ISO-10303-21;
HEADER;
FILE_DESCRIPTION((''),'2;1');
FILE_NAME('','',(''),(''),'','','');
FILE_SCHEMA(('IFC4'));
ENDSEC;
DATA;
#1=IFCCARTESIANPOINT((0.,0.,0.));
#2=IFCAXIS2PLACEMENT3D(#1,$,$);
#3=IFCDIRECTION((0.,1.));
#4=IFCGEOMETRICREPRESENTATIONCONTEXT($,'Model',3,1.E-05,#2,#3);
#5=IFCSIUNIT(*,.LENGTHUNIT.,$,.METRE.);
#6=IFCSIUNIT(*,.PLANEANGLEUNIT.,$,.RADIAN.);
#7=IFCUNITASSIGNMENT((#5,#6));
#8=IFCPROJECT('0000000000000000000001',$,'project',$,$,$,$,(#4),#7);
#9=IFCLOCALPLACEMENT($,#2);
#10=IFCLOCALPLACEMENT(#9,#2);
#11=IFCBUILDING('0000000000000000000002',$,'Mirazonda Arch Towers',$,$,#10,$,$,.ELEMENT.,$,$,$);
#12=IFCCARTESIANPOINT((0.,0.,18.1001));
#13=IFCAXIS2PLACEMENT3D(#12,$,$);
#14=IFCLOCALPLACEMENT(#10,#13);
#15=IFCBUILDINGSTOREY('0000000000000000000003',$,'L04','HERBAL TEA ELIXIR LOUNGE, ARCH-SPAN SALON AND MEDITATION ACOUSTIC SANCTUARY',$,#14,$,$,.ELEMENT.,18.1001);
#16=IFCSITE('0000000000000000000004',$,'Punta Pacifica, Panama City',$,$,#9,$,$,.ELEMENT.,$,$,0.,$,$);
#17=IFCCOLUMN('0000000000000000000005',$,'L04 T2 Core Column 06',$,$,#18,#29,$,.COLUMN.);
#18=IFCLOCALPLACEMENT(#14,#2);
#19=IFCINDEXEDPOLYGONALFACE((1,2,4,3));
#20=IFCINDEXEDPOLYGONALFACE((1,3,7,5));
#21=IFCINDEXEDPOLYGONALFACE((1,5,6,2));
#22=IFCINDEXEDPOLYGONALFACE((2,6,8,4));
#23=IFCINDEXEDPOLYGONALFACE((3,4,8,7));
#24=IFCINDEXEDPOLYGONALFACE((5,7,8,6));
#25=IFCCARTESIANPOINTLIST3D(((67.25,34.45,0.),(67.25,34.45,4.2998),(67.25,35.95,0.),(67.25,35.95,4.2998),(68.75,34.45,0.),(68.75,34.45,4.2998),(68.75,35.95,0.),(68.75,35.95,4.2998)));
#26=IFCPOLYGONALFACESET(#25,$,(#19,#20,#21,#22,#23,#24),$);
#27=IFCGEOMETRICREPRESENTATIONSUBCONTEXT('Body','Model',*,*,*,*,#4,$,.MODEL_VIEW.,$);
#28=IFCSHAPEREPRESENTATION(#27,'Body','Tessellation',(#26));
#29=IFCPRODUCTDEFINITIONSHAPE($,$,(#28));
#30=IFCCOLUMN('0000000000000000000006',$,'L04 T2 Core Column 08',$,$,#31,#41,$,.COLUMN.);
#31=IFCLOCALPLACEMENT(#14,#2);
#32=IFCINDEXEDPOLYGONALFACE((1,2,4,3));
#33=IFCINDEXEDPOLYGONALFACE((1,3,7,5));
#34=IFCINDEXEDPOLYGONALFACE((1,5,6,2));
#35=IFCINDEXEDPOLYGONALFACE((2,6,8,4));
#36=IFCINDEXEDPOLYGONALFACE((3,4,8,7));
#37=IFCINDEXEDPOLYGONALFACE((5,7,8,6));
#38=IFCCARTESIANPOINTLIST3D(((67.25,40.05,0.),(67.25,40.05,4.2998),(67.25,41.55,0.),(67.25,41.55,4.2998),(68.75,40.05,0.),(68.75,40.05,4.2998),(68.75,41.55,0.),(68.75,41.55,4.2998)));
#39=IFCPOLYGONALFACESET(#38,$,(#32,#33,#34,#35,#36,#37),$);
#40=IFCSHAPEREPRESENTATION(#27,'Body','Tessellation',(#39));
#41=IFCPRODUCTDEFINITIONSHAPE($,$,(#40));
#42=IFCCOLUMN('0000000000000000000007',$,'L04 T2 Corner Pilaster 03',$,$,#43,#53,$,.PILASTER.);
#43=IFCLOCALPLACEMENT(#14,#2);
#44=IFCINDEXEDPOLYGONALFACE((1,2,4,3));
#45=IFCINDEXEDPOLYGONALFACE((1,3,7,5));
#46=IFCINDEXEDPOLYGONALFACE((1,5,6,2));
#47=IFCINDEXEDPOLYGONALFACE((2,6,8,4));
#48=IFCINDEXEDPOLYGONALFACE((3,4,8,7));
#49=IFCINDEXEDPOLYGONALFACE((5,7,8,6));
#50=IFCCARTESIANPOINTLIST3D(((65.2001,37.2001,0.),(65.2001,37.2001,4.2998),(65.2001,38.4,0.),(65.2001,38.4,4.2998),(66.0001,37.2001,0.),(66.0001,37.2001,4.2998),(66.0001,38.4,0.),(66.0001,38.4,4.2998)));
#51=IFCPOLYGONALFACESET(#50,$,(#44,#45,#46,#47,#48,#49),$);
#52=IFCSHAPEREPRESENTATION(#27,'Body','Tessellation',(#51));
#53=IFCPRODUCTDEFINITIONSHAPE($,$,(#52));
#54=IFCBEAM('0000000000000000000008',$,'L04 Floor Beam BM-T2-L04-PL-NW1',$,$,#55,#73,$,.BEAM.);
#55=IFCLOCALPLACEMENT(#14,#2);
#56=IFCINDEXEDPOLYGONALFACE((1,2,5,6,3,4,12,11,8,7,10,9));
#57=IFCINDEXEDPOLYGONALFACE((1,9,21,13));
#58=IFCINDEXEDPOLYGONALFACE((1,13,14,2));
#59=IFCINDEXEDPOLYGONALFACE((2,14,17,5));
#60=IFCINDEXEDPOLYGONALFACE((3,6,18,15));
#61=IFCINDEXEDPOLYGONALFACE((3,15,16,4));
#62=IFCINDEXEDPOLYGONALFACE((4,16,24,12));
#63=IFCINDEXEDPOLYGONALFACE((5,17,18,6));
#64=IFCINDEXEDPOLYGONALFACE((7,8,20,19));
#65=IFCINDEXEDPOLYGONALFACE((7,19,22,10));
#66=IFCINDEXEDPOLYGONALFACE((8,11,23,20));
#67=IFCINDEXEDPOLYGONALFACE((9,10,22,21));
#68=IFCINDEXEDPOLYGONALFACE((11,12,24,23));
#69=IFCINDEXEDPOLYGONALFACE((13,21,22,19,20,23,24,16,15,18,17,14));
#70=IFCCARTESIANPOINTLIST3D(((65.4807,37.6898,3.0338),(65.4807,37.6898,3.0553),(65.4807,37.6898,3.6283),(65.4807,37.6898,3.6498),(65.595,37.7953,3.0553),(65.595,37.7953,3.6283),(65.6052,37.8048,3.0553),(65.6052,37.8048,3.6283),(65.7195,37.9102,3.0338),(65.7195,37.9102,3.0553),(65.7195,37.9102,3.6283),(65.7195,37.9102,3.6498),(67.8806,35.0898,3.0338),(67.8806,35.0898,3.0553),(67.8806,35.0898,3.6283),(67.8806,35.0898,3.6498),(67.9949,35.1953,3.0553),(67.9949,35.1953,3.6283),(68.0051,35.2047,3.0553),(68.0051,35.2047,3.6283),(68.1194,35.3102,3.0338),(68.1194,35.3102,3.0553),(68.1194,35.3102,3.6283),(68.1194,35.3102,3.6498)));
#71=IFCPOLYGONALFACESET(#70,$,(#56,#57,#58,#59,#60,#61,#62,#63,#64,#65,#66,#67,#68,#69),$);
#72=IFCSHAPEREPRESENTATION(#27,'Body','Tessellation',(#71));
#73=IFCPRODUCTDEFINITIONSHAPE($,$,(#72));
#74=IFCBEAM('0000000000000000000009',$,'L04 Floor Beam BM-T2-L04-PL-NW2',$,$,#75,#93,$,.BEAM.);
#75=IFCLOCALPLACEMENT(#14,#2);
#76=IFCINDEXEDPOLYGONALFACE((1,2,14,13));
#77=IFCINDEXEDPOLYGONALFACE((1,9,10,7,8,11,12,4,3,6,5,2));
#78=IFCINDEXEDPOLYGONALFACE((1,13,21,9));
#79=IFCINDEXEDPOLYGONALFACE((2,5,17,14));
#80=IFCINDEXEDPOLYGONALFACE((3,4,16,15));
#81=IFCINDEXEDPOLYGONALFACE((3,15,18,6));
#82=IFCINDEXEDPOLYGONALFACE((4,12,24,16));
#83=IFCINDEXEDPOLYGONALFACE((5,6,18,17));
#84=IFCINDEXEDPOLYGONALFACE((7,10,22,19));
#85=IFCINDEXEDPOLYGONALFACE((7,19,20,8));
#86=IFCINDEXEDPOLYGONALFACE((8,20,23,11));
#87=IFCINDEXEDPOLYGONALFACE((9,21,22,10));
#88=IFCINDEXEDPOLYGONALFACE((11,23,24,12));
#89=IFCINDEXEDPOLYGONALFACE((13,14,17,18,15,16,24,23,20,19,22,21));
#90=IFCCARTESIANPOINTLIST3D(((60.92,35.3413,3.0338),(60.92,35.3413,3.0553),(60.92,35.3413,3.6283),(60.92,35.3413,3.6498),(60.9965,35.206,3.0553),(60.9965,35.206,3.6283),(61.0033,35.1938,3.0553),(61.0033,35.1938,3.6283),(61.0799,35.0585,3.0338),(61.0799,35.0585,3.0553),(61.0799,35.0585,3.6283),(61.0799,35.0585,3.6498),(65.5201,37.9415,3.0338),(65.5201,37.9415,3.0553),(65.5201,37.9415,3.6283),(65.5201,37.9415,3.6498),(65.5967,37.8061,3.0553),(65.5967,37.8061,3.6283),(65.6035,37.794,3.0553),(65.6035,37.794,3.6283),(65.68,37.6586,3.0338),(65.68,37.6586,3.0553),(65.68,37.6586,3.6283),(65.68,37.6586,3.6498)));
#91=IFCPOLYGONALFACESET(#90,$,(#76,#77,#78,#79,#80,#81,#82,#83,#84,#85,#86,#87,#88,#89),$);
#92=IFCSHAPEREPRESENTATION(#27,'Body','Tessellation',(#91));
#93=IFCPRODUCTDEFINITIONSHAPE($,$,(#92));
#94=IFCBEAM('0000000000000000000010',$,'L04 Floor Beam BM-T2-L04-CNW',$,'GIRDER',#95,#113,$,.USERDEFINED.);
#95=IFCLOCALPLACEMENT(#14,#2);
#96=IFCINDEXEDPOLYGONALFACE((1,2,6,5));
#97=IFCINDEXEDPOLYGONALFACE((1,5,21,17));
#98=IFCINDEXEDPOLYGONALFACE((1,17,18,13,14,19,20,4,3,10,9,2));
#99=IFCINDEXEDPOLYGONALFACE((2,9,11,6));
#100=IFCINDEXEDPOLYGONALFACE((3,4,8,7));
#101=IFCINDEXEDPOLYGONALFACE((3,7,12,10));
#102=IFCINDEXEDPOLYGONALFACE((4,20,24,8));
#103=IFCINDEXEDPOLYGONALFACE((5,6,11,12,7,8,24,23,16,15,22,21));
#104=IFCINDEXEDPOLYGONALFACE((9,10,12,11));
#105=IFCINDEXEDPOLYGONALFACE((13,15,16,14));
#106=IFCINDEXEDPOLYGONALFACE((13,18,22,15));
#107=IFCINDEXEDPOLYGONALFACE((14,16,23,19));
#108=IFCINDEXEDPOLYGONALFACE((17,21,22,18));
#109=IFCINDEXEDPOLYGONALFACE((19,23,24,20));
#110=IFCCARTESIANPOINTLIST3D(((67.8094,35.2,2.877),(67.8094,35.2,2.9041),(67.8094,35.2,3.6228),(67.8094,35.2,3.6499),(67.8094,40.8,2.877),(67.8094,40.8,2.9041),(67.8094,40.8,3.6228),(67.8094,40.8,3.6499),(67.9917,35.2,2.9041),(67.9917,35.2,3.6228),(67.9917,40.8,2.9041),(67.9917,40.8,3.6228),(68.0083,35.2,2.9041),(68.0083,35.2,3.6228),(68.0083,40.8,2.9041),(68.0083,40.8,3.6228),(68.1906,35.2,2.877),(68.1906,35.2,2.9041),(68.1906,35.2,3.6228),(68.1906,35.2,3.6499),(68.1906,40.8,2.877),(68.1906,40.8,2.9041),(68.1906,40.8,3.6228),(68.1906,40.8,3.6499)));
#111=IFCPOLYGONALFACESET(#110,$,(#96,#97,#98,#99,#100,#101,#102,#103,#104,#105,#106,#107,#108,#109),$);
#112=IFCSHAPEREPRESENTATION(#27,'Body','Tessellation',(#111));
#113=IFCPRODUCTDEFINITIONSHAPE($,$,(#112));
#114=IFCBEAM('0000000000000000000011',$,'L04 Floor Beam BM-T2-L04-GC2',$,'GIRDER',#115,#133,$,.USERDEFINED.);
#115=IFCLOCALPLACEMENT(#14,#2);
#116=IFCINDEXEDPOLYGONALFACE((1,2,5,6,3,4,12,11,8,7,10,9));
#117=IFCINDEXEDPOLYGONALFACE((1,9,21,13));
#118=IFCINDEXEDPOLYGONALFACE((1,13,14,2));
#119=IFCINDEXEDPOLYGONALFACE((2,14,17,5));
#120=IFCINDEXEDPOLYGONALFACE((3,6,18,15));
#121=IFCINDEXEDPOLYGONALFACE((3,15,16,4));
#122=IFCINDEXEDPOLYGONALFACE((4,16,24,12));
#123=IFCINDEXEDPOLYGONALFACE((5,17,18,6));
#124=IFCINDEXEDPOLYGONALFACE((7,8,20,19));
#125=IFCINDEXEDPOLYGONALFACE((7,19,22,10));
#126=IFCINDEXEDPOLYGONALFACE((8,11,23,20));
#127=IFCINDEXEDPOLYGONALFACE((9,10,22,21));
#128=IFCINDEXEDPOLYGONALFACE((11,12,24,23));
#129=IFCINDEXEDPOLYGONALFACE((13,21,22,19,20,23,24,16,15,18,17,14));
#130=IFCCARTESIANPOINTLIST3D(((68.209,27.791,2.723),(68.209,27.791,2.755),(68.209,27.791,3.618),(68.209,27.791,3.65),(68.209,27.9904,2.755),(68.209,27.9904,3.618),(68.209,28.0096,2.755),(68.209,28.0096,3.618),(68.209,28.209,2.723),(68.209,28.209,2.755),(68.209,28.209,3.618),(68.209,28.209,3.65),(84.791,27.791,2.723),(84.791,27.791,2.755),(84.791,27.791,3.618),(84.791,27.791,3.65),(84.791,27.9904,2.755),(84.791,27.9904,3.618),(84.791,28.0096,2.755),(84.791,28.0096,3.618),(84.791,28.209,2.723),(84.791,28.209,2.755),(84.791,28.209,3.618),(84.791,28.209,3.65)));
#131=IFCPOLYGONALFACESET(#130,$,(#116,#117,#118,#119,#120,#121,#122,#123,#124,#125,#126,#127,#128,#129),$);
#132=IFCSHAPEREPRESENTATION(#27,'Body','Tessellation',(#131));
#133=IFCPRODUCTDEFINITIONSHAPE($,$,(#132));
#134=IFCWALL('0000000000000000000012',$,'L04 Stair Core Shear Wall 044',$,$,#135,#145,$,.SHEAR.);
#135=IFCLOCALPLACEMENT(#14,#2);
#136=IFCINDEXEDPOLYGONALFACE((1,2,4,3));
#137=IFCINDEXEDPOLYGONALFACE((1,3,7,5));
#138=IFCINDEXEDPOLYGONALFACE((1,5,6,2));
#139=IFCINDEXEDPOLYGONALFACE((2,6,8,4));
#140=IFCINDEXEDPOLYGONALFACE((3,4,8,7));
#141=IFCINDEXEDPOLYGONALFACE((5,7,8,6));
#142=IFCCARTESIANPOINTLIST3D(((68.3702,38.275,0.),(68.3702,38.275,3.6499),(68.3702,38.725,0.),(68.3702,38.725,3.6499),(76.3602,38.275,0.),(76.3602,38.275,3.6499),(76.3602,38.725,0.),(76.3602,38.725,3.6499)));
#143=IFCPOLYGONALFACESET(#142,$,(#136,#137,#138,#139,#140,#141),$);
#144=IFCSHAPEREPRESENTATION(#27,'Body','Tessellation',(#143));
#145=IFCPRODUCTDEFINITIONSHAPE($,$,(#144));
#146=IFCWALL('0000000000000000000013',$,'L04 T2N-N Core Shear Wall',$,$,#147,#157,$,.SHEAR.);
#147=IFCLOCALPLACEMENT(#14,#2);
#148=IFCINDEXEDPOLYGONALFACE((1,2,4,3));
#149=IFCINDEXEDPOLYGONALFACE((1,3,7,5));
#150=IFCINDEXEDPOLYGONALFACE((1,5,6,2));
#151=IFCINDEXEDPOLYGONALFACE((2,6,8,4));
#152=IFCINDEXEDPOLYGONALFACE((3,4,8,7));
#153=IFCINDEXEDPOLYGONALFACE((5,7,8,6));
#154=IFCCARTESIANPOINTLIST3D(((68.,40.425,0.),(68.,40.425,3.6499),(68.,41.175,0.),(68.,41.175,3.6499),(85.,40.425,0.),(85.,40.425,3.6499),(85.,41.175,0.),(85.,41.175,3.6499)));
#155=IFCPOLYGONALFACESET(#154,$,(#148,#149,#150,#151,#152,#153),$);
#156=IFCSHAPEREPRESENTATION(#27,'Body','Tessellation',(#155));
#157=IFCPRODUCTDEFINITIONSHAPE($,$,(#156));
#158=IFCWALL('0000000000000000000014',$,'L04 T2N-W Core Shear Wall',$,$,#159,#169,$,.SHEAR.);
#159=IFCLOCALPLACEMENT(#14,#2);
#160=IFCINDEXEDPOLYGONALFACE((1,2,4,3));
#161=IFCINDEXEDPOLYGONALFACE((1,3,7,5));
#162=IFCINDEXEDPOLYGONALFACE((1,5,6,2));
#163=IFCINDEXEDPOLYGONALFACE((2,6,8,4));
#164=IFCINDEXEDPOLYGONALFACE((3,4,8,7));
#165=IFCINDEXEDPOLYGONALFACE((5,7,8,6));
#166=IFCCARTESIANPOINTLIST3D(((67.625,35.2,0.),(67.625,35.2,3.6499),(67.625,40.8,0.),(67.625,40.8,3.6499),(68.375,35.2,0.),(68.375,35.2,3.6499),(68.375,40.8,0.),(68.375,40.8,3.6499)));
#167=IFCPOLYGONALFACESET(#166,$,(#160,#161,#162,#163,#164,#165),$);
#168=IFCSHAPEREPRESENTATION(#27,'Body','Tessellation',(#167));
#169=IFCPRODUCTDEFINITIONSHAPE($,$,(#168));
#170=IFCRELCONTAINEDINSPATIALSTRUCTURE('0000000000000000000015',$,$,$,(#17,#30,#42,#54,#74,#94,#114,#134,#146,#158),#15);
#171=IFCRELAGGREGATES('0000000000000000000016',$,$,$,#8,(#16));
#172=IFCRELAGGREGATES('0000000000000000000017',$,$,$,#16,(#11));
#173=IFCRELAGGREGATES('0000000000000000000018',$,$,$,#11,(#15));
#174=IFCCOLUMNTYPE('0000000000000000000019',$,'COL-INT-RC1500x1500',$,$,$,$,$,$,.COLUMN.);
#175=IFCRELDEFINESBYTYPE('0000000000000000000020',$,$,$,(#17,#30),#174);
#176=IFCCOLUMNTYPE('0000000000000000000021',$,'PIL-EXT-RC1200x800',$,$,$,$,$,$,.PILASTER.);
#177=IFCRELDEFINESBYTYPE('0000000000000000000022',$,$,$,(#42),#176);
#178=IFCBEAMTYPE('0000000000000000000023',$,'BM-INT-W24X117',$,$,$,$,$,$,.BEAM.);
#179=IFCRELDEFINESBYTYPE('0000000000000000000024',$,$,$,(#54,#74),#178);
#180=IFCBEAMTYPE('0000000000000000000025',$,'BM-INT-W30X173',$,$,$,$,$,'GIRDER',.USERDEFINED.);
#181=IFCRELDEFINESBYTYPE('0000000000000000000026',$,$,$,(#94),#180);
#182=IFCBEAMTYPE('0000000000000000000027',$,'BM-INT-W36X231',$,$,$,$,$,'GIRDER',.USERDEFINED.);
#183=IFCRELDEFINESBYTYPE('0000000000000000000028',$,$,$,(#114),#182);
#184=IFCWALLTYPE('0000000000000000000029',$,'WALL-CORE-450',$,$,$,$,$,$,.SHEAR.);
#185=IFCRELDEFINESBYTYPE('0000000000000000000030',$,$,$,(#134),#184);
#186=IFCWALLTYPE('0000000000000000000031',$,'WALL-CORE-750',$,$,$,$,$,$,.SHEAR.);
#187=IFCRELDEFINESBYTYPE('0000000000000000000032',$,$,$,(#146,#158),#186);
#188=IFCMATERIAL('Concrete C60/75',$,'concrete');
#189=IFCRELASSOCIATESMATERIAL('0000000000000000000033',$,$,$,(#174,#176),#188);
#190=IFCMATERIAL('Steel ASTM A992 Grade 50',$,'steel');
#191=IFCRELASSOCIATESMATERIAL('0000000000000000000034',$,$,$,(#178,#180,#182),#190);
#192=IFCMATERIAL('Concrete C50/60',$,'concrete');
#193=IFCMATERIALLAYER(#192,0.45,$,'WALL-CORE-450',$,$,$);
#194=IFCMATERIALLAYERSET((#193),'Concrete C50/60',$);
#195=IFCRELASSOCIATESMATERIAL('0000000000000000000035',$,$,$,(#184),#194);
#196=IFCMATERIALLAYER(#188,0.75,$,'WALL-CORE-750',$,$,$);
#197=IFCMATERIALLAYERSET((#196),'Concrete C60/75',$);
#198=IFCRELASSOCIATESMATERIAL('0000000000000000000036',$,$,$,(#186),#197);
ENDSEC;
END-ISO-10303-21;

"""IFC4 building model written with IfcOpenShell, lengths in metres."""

from ifc_helpers import new_model, si_unit, direction, frame, frame_2d, origin, origin_2d, place, context, subcontext, project, spatial, rectangle, i_section, extrude, material, layer, layer_set, material_profile, profile_set, type_object, element, save


model = new_model("IFC4")

# Units and contexts
model_context = context("Model", 3, precision=1e-05, world=origin(), true_north=direction((0.0, 1.0)))
body_context = subcontext(model_context, "Body", "Model", "MODEL_VIEW")
ifc_project = project(units=[si_unit("LENGTHUNIT", "METRE"), si_unit("PLANEANGLEUNIT", "RADIAN")], contexts=[model_context])

# Site, building, storey
site_placement = place(None, origin())
site = spatial("IfcSite", under=ifc_project, at=site_placement, Name="Punta Pacifica, Panama City", CompositionType="ELEMENT", RefElevation=0.0)
building_placement = place(site_placement, origin())
building = spatial("IfcBuilding", under=site, at=building_placement, Name="Mirazonda Arch Towers", CompositionType="ELEMENT")
storey_placement = place(building_placement, frame((0.0, 0.0, 18.1001)))
storey = spatial("IfcBuildingStorey", under=building, at=storey_placement, Name="L04", Description="HERBAL TEA ELIXIR LOUNGE, ARCH-SPAN SALON AND MEDITATION ACOUSTIC SANCTUARY", CompositionType="ELEMENT", Elevation=18.1001)

# Columns
ifc_material_1 = material(Name="Concrete C60/75", Category="concrete")
ifc_material_profile_1 = material_profile(ifc_material_1, rectangle(XDim=1.5, YDim=1.5, at=origin_2d()), Name="RC1500x1500")
ifc_profile_set_1 = profile_set([ifc_material_profile_1], Name="Concrete C60/75")
column_type_1 = type_object("IfcColumnType", Name="COL-INT-RC1500x1500", PredefinedType="COLUMN", material=ifc_profile_set_1)
for number, where, z_axis, x_axis, name in (
    (1, (68.0, 35.2, 0.0), (0.0, 0.0, 1.0), (1.0, 0.0, 0.0), "L04 T2 Core Column 06"),
    (2, (68.0, 40.8, 0.0), (0.0, 0.0, 1.0), (1.0, 0.0, 0.0), "L04 T2 Core Column 08"),
):
    element("IfcColumn", number, at=place(storey_placement, frame(where, z_axis=z_axis, x_axis=x_axis)), inside=storey, type_object=column_type_1, Name=name, PredefinedType="COLUMN", context=body_context, shape_type="SweptSolid", body=[
        extrude(rectangle(XDim=1.5, YDim=1.5, at=origin_2d()), origin(), (0.0, 0.0, 1.0), 4.2998),
    ])
ifc_material_profile_2 = material_profile(ifc_material_1, rectangle(XDim=0.8, YDim=1.2, at=origin_2d()), Name="RC1200x800")
ifc_profile_set_2 = profile_set([ifc_material_profile_2], Name="Concrete C60/75")
column_type_2 = type_object("IfcColumnType", Name="PIL-EXT-RC1200x800", PredefinedType="PILASTER", material=ifc_profile_set_2)
column_placement = place(storey_placement, frame((65.6001, 37.8, 0.0), z_axis=(0.0, 0.0, 1.0), x_axis=(1.0, 0.0, 0.0)))
element("IfcColumn", 3, at=column_placement, inside=storey, type_object=column_type_2, Name="L04 T2 Corner Pilaster 03", PredefinedType="PILASTER", context=body_context, shape_type="SweptSolid", body=[
    extrude(rectangle(XDim=0.8, YDim=1.2, at=origin_2d()), origin(), (0.0, 0.0, 1.0), 4.2998),
])

# Beams
ifc_material_2 = material(Name="Steel ASTM A992 Grade 50", Category="steel")
ifc_material_profile_3 = material_profile(ifc_material_2, i_section(OverallWidth=0.325, OverallDepth=0.616, WebThickness=0.0139, FlangeThickness=0.0215, at=origin_2d()), Name="W24X117")
ifc_profile_set_3 = profile_set([ifc_material_profile_3], Name="Steel ASTM A992 Grade 50")
beam_type_1 = type_object("IfcBeamType", Name="BM-INT-W24X117", PredefinedType="BEAM", material=ifc_profile_set_3)
beam_1_placement = place(storey_placement, frame((65.6001, 37.8, 3.3418), z_axis=(0.678251, -0.73483, 0.0), x_axis=(0.73483, 0.678251, 0.0)))
element("IfcBeam", 4, at=beam_1_placement, inside=storey, type_object=beam_type_1, Name="L04 Floor Beam BM-T2-L04-PL-NW1", PredefinedType="BEAM", context=body_context, shape_type="SweptSolid", body=[
    extrude(i_section(OverallWidth=0.325, OverallDepth=0.616, WebThickness=0.0139, FlangeThickness=0.0215, at=origin_2d()), origin(), (0.0, 0.0, 1.0), 3.5383),
])
beam_2_placement = place(storey_placement, frame((65.6001, 37.8, 3.3418), z_axis=(-0.870559, -0.492063, 0.0), x_axis=(0.492063, -0.870559, 0.0)))
element("IfcBeam", 5, at=beam_2_placement, inside=storey, type_object=beam_type_1, Name="L04 Floor Beam BM-T2-L04-PL-NW2", PredefinedType="BEAM", context=body_context, shape_type="SweptSolid", body=[
    extrude(i_section(OverallWidth=0.325, OverallDepth=0.616, WebThickness=0.0139, FlangeThickness=0.0215, at=origin_2d()), origin(), (0.0, 0.0, 1.0), 5.2842),
])
ifc_material_profile_4 = material_profile(ifc_material_2, i_section(OverallWidth=0.3811, OverallDepth=0.7729, WebThickness=0.0166, FlangeThickness=0.0271, at=origin_2d()), Name="W30X173")
ifc_profile_set_4 = profile_set([ifc_material_profile_4], Name="Steel ASTM A992 Grade 50")
beam_type_2 = type_object("IfcBeamType", Name="BM-INT-W30X173", ElementType="GIRDER", PredefinedType="USERDEFINED", material=ifc_profile_set_4)
beam_3_placement = place(storey_placement, frame((68.0, 35.2, 3.2634), z_axis=(0.0, 1.0, 0.0), x_axis=(-1.0, 0.0, 0.0)))
element("IfcBeam", 6, at=beam_3_placement, inside=storey, type_object=beam_type_2, Name="L04 Floor Beam BM-T2-L04-CNW", ObjectType="GIRDER", PredefinedType="USERDEFINED", context=body_context, shape_type="SweptSolid", body=[
    extrude(i_section(OverallWidth=0.3811, OverallDepth=0.7729, WebThickness=0.0166, FlangeThickness=0.0271, at=origin_2d()), origin(), (0.0, 0.0, 1.0), 5.6001),
])
ifc_material_profile_5 = material_profile(ifc_material_2, i_section(OverallWidth=0.418, OverallDepth=0.927, WebThickness=0.0193, FlangeThickness=0.032, at=origin_2d()), Name="W36X231")
ifc_profile_set_5 = profile_set([ifc_material_profile_5], Name="Steel ASTM A992 Grade 50")
beam_type_3 = type_object("IfcBeamType", Name="BM-INT-W36X231", ElementType="GIRDER", PredefinedType="USERDEFINED", material=ifc_profile_set_5)
beam_4_placement = place(storey_placement, frame((68.209, 28.0, 3.1865), z_axis=(1.0, 0.0, 0.0), x_axis=(0.0, 1.0, 0.0)))
element("IfcBeam", 7, at=beam_4_placement, inside=storey, type_object=beam_type_3, Name="L04 Floor Beam BM-T2-L04-GC2", ObjectType="GIRDER", PredefinedType="USERDEFINED", context=body_context, shape_type="SweptSolid", body=[
    extrude(i_section(OverallWidth=0.418, OverallDepth=0.927, WebThickness=0.0193, FlangeThickness=0.032, at=origin_2d()), origin(), (0.0, 0.0, 1.0), 16.582),
])

# Walls
ifc_material_3 = material(Name="Concrete C50/60", Category="concrete")
ifc_layer_1 = layer(ifc_material_3, 0.45, Name="WALL-CORE-450")
ifc_layer_set_1 = layer_set([ifc_layer_1], Name="Concrete C50/60")
wall_type_1 = type_object("IfcWallType", Name="WALL-CORE-450", PredefinedType="SHEAR", material=ifc_layer_set_1)
wall_1_placement = place(storey_placement, frame((68.3701, 38.5, 0.0), z_axis=(0.0, 0.0, 1.0), x_axis=(1.0, 0.0, 0.0)))
element("IfcWall", 8, at=wall_1_placement, inside=storey, type_object=wall_type_1, Name="L04 Stair Core Shear Wall 044", PredefinedType="SHEAR", context=body_context, shape_type="SweptSolid", body=[
    extrude(rectangle(XDim=7.99, YDim=0.45, at=frame_2d((3.9951, 0.0))), origin(), (0.0, 0.0, 1.0), 3.6499),
])
ifc_layer_2 = layer(ifc_material_1, 0.75, Name="WALL-CORE-750")
ifc_layer_set_2 = layer_set([ifc_layer_2], Name="Concrete C60/75")
wall_type_2 = type_object("IfcWallType", Name="WALL-CORE-750", PredefinedType="SHEAR", material=ifc_layer_set_2)
wall_2_placement = place(storey_placement, frame((68.0, 40.8, 0.0), z_axis=(0.0, 0.0, 1.0), x_axis=(1.0, 0.0, 0.0)))
element("IfcWall", 9, at=wall_2_placement, inside=storey, type_object=wall_type_2, Name="L04 T2N-N Core Shear Wall", PredefinedType="SHEAR", context=body_context, shape_type="SweptSolid", body=[
    extrude(rectangle(XDim=17.0, YDim=0.75, at=frame_2d((8.5, 0.0))), origin(), (0.0, 0.0, 1.0), 3.6499),
])
wall_3_placement = place(storey_placement, frame((68.0, 35.2, 0.0), z_axis=(0.0, 0.0, 1.0), x_axis=(0.0, 1.0, 0.0)))
element("IfcWall", 10, at=wall_3_placement, inside=storey, type_object=wall_type_2, Name="L04 T2N-W Core Shear Wall", PredefinedType="SHEAR", context=body_context, shape_type="SweptSolid", body=[
    extrude(rectangle(XDim=5.6001, YDim=0.75, at=frame_2d((2.8, 0.0))), origin(), (0.0, 0.0, 1.0), 3.6499),
])

save(model, "model.ifc")
